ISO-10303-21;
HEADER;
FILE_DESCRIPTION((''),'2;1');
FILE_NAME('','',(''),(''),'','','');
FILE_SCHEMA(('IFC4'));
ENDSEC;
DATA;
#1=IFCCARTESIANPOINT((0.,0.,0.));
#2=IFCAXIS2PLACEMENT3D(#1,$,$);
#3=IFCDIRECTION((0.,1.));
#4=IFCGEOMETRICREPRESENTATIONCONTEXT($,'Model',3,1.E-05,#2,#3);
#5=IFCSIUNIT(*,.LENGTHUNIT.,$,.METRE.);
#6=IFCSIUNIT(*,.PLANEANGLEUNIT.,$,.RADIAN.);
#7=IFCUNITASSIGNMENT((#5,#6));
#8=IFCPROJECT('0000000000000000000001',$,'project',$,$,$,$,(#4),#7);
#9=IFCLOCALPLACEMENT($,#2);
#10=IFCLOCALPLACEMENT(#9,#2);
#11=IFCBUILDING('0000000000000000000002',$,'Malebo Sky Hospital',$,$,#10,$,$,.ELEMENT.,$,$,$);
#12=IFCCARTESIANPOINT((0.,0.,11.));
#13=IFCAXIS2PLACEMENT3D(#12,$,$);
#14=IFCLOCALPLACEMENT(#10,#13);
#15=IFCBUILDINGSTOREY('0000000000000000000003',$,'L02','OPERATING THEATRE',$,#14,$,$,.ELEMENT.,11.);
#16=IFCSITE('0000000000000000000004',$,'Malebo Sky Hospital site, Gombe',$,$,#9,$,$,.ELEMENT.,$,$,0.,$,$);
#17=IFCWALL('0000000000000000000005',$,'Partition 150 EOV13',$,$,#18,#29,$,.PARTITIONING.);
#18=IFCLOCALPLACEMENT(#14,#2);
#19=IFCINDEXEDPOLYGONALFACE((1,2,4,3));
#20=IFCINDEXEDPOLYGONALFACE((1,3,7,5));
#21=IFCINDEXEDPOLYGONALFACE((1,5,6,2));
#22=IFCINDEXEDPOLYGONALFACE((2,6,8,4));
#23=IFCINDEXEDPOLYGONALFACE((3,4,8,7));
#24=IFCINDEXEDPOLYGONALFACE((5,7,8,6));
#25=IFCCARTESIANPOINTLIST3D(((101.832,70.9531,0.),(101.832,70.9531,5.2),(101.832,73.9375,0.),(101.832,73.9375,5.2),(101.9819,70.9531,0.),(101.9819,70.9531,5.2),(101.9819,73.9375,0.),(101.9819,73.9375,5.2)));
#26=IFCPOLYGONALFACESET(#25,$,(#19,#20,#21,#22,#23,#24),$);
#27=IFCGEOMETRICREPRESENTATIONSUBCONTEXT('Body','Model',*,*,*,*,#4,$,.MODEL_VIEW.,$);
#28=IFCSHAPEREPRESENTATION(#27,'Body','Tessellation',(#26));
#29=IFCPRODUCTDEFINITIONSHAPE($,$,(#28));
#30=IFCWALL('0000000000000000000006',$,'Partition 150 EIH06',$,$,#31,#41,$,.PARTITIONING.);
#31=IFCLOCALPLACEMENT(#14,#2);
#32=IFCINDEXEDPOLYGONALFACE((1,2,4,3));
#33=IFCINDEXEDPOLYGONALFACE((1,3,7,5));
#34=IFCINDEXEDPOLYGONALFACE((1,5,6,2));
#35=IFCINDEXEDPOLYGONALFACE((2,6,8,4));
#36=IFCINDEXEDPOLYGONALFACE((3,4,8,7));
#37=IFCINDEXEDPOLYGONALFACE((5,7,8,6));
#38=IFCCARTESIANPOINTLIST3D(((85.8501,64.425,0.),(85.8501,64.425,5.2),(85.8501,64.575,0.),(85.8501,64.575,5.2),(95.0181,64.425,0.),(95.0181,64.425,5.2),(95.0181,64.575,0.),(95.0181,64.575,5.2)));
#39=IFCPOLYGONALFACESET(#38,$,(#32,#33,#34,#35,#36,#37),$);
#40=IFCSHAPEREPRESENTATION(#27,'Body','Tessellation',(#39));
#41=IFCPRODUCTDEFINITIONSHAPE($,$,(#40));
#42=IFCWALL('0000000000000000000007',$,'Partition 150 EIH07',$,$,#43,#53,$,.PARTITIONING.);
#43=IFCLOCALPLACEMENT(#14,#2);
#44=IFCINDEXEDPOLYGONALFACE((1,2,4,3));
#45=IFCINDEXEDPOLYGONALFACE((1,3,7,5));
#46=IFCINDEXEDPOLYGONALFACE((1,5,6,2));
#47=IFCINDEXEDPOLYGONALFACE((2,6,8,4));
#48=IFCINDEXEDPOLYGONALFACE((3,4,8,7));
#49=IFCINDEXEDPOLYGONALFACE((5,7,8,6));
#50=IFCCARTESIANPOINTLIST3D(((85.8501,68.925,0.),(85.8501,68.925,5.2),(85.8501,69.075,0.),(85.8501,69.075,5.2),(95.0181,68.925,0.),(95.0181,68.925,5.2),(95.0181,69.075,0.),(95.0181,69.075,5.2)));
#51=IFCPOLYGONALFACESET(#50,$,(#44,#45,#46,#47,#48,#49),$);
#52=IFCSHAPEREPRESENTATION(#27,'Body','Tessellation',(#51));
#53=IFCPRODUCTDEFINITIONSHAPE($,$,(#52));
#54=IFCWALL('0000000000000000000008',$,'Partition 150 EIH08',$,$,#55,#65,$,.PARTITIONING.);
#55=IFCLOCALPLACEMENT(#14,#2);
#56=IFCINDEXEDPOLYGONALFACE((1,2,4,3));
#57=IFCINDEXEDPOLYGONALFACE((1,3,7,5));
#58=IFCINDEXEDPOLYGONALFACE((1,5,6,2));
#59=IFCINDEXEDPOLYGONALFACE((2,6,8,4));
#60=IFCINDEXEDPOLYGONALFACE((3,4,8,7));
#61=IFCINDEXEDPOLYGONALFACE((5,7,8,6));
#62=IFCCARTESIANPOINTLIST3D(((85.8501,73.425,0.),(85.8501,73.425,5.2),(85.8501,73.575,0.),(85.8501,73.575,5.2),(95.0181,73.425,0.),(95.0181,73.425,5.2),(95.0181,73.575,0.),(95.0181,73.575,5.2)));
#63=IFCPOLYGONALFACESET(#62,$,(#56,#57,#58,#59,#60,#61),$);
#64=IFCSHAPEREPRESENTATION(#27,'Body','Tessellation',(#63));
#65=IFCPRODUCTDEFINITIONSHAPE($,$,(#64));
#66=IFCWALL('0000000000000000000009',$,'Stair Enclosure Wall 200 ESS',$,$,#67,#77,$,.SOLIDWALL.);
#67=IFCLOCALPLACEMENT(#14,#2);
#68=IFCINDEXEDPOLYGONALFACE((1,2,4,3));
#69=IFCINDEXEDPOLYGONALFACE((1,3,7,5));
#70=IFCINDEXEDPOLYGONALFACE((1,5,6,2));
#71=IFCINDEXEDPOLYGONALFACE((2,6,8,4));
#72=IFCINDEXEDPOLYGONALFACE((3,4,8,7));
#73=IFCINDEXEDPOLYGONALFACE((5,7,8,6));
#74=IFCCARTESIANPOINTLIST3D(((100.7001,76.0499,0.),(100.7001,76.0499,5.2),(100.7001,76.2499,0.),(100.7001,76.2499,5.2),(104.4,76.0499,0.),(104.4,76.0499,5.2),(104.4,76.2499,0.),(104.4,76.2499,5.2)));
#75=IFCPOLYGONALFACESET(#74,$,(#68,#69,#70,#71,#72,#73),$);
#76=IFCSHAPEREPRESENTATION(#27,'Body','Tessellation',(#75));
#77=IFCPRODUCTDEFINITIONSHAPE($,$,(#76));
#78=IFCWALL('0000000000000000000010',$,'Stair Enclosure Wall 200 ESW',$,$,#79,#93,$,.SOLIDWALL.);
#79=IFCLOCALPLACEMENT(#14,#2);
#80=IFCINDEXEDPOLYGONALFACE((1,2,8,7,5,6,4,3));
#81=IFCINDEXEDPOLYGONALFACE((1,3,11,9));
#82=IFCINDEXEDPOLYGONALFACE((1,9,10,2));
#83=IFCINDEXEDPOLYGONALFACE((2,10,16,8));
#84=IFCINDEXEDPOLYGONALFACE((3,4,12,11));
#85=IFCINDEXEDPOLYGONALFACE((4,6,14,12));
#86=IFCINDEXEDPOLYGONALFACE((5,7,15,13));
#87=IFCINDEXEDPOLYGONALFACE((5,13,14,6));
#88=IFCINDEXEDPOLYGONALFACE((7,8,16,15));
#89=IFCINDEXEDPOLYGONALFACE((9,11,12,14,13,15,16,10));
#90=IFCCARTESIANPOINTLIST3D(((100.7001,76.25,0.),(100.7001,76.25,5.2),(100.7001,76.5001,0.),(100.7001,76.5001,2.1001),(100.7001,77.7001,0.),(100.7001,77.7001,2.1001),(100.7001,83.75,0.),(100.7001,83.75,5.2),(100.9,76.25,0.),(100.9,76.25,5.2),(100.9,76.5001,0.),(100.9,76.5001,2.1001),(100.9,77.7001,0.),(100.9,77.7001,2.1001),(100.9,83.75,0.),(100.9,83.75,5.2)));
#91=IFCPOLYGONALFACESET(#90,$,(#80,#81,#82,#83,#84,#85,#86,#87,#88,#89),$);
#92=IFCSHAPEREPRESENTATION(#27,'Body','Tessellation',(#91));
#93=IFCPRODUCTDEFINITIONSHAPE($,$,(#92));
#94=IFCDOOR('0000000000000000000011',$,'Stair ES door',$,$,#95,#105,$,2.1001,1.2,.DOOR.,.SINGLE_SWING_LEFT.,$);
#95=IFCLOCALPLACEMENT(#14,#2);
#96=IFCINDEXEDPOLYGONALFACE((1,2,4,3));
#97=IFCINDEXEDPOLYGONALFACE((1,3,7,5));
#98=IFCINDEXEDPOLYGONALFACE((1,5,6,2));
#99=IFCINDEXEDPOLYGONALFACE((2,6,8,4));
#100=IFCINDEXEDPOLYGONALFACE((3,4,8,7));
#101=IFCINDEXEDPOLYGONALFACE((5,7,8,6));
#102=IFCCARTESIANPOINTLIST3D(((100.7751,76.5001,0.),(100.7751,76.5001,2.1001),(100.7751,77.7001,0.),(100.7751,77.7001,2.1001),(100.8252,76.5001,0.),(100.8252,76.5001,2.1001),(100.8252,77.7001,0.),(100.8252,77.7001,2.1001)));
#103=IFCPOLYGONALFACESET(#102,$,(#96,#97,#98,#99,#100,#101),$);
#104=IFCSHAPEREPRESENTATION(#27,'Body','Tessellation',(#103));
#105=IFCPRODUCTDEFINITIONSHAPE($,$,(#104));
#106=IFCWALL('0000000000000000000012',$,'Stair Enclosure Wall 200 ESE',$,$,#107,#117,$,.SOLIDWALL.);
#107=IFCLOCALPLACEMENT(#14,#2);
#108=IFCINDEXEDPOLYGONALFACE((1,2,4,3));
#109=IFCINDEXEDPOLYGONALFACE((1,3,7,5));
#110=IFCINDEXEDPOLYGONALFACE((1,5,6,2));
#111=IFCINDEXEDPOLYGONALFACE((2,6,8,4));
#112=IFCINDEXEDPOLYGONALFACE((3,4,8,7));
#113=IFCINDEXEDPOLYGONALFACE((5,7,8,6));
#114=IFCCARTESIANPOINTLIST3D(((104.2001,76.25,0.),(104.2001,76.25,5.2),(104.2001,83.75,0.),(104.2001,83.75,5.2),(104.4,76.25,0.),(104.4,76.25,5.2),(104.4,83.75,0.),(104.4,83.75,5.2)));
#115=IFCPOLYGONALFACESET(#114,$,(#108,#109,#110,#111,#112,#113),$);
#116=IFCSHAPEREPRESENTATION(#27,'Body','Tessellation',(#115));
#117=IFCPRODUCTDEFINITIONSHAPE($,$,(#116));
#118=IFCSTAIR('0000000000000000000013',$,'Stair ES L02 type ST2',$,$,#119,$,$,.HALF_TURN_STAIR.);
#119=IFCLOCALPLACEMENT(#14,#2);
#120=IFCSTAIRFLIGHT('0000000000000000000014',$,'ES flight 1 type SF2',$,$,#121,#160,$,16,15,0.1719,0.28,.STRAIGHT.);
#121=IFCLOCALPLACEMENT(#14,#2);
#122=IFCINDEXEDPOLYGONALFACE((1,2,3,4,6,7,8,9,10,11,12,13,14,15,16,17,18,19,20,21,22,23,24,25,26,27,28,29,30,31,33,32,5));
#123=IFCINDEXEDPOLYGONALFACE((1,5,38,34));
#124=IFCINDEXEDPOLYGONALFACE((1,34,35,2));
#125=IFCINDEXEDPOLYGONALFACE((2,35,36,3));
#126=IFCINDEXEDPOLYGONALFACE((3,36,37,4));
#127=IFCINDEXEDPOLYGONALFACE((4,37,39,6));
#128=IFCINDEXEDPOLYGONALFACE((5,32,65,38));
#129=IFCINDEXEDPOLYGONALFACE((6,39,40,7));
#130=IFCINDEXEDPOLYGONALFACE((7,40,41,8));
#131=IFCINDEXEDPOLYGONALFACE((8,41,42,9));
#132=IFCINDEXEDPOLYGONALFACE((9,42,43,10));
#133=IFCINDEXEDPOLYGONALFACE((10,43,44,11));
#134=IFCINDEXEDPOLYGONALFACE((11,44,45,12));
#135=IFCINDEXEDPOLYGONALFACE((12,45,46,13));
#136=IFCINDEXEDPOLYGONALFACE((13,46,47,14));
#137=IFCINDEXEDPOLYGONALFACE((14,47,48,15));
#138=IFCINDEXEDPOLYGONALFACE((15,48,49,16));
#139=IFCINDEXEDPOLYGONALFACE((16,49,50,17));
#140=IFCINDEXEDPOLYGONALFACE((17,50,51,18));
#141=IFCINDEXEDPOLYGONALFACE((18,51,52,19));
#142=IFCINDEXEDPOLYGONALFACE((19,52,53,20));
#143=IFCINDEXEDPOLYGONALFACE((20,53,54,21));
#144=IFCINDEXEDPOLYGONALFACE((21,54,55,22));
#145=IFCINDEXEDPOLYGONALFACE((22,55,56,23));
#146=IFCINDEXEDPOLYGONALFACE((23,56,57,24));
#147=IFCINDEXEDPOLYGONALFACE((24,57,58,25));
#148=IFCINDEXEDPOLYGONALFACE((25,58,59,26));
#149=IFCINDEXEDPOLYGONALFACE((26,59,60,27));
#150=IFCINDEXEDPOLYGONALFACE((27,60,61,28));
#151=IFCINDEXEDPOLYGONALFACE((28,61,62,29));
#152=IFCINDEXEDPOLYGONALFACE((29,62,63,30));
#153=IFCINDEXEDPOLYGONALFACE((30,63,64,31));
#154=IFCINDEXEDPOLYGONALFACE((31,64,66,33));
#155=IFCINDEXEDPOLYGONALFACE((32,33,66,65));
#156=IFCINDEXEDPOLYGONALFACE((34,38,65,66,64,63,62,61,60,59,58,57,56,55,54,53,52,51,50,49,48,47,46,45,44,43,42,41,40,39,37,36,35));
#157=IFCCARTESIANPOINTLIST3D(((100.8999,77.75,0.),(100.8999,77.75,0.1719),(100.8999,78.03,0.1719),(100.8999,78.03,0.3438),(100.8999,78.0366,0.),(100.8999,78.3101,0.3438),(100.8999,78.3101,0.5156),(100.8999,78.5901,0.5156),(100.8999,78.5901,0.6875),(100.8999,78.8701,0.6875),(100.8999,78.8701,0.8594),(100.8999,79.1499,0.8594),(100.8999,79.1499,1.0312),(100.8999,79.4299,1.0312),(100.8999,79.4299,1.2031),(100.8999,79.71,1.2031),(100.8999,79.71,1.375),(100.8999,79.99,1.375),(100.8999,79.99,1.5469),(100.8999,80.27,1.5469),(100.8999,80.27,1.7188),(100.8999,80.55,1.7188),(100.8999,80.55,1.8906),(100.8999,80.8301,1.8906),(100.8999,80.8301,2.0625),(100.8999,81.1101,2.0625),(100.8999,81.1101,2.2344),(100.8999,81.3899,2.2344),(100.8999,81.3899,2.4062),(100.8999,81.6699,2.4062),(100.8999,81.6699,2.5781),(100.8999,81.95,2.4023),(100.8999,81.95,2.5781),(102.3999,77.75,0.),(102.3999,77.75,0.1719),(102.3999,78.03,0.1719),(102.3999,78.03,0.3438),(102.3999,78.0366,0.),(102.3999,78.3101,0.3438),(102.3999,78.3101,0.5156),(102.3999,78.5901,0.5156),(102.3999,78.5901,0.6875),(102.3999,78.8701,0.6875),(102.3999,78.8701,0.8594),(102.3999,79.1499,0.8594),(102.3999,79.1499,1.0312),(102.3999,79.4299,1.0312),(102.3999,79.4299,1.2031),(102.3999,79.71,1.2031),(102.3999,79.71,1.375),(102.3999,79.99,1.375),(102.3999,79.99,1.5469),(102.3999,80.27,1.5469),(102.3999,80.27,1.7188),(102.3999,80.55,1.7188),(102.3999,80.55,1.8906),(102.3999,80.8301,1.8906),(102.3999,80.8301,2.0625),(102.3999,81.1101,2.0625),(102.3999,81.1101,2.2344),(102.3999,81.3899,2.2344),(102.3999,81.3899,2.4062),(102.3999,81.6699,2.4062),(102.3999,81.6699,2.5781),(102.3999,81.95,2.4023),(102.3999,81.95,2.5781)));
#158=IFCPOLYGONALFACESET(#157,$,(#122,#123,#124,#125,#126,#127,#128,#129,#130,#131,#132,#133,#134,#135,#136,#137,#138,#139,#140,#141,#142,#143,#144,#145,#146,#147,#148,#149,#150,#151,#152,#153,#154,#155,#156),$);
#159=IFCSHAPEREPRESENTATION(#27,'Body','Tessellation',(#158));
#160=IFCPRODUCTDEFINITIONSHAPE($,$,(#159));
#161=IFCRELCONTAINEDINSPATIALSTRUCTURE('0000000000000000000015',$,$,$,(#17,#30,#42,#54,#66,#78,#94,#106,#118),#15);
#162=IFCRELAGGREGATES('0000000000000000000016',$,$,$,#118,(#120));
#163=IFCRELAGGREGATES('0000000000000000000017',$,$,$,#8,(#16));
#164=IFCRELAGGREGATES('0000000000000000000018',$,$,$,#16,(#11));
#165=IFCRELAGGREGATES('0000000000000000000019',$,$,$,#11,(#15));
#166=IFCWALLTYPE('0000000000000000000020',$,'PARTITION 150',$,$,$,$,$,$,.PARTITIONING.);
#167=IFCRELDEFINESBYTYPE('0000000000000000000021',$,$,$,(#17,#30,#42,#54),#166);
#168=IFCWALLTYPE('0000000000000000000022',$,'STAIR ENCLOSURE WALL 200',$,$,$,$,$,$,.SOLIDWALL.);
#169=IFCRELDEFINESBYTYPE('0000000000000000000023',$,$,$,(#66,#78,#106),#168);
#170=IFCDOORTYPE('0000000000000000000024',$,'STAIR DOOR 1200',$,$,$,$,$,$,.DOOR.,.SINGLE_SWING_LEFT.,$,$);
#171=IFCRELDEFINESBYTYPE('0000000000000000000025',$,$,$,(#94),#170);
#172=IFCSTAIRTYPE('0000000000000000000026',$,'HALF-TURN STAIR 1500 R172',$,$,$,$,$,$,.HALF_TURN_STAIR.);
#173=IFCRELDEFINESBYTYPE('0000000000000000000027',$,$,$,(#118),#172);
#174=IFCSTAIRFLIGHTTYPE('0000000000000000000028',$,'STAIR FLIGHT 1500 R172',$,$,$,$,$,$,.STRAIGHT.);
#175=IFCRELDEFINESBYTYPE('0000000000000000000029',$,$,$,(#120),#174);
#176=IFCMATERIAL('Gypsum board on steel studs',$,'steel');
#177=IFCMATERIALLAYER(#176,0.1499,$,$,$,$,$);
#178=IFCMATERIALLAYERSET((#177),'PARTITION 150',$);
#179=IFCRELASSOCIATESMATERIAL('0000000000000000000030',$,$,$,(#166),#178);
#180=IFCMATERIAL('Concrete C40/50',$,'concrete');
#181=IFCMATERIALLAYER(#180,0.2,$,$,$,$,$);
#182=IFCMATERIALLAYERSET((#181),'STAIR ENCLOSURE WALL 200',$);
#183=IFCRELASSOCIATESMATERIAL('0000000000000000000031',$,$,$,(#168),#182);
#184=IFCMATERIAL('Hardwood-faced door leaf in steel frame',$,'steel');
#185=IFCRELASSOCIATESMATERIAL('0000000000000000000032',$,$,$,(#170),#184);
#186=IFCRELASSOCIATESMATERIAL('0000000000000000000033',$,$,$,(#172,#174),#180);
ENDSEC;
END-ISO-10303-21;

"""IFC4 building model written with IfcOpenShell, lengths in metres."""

from ifc_helpers import new_model, si_unit, direction, frame, frame_2d, origin, place, context, subcontext, project, spatial, polyline, rectangle, outline, extrude, material, layer, layer_set, type_object, element, fill, aggregate, save


model = new_model("IFC4")

# Units and contexts
model_context = context("Model", 3, precision=1e-05, world=origin(), true_north=direction((0.0, 1.0)))
body_context = subcontext(model_context, "Body", "Model", "MODEL_VIEW")
ifc_project = project(units=[si_unit("LENGTHUNIT", "METRE"), si_unit("PLANEANGLEUNIT", "RADIAN")], contexts=[model_context])

# Site, building, storey
site_placement = place(None, origin())
site = spatial("IfcSite", under=ifc_project, at=site_placement, Name="Malebo Sky Hospital site, Gombe", CompositionType="ELEMENT", RefElevation=0.0)
building_placement = place(site_placement, origin())
building = spatial("IfcBuilding", under=site, at=building_placement, Name="Malebo Sky Hospital", CompositionType="ELEMENT")
storey_placement = place(building_placement, frame((0.0, 0.0, 11.0)))
storey = spatial("IfcBuildingStorey", under=building, at=storey_placement, Name="L02", Description="OPERATING THEATRE", CompositionType="ELEMENT", Elevation=11.0)

# Shared definitions
ifc_material_1 = material(Name="Gypsum board on steel studs", Category="steel")
ifc_material_2 = material(Name="Hardwood-faced door leaf in steel frame", Category="steel")

# Walls
ifc_layer_1 = layer(ifc_material_1, 0.1499)
ifc_layer_set_1 = layer_set([ifc_layer_1], Name="PARTITION 150")
wall_type_1 = type_object("IfcWallType", Name="PARTITION 150", PredefinedType="PARTITIONING", material=ifc_layer_set_1)
wall_1_placement = place(storey_placement, frame((101.907, 70.9531, 0.0), z_axis=(0.0, 0.0, 1.0), x_axis=(0.0, 1.0, 0.0)))
element("IfcWall", 1, at=wall_1_placement, inside=storey, type_object=wall_type_1, Name="Partition 150 EOV13", PredefinedType="PARTITIONING", context=body_context, shape_type="SweptSolid", body=[
    extrude(rectangle(XDim=2.9844, YDim=0.1499, at=frame_2d((1.4922, 0.0))), origin(), (0.0, 0.0, 1.0), 5.2),
])
for number, where, z_axis, x_axis, name in (
    (2, (95.0181, 64.5, 0.0), (0.0, 0.0, 1.0), (-1.0, 0.0, 0.0), "Partition 150 EIH06"),
    (3, (95.0181, 69.0, 0.0), (0.0, 0.0, 1.0), (-1.0, 0.0, 0.0), "Partition 150 EIH07"),
    (4, (95.0181, 73.5, 0.0), (0.0, 0.0, 1.0), (-1.0, 0.0, 0.0), "Partition 150 EIH08"),
):
    element("IfcWall", number, at=place(storey_placement, frame(where, z_axis=z_axis, x_axis=x_axis)), inside=storey, type_object=wall_type_1, Name=name, PredefinedType="PARTITIONING", context=body_context, shape_type="SweptSolid", body=[
        extrude(rectangle(XDim=9.168, YDim=0.1499, at=frame_2d((4.584, 0.0))), origin(), (0.0, 0.0, 1.0), 5.2),
    ])
ifc_material_3 = material(Name="Concrete C40/50", Category="concrete")
ifc_layer_2 = layer(ifc_material_3, 0.2)
ifc_layer_set_2 = layer_set([ifc_layer_2], Name="STAIR ENCLOSURE WALL 200")
wall_type_2 = type_object("IfcWallType", Name="STAIR ENCLOSURE WALL 200", PredefinedType="SOLIDWALL", material=ifc_layer_set_2)
wall_2_placement = place(storey_placement, frame((100.7, 76.1499, 0.0), z_axis=(0.0, 0.0, 1.0), x_axis=(1.0, 0.0, 0.0)))
element("IfcWall", 5, at=wall_2_placement, inside=storey, type_object=wall_type_2, Name="Stair Enclosure Wall 200 ESS", PredefinedType="SOLIDWALL", context=body_context, shape_type="SweptSolid", body=[
    extrude(rectangle(XDim=3.7, YDim=0.2, at=frame_2d((1.8501, 0.0))), origin(), (0.0, 0.0, 1.0), 5.2),
])

# Wall, opening, door
wall_3_placement = place(storey_placement, frame((100.8, 76.25, 0.0), z_axis=(0.0, 0.0, 1.0), x_axis=(0.0, 1.0, 0.0)))
wall_3 = element("IfcWall", 6, at=wall_3_placement, inside=storey, type_object=wall_type_2, Name="Stair Enclosure Wall 200 ESW", PredefinedType="SOLIDWALL", context=body_context, shape_type="SweptSolid", body=[
    extrude(rectangle(XDim=7.5, YDim=0.2, at=frame_2d((3.75, 0.0))), origin(), (0.0, 0.0, 1.0), 5.2),
])
opening_1_placement = place(wall_3_placement, frame((0.25, 0.0, 0.0)))
opening_1 = element("IfcOpeningElement", 7, at=opening_1_placement, cuts=wall_3, PredefinedType="OPENING", context=body_context, shape_type="SweptSolid", body=[
    extrude(rectangle(XDim=1.2, YDim=2.1001, at=frame_2d((0.6001, 1.05))), frame((0.0, 0.1099, 0.0), z_axis=(0.0, -1.0, 0.0), x_axis=(1.0, 0.0, 0.0)), (0.0, 0.0, 1.0), 0.22),
])
door_type_1 = type_object("IfcDoorType", Name="STAIR DOOR 1200", OperationType="SINGLE_SWING_LEFT", PredefinedType="DOOR", material=ifc_material_2)
door_1_placement = place(opening_1_placement, origin())
door_1 = element("IfcDoor", 8, at=door_1_placement, inside=storey, type_object=door_type_1, Name="Stair ES door", OperationType="SINGLE_SWING_LEFT", OverallHeight=2.1001, OverallWidth=1.2, PredefinedType="DOOR", context=body_context, shape_type="SweptSolid", body=[
    extrude(rectangle(XDim=1.2, YDim=2.1001, at=frame_2d((0.6001, 1.05))), frame((0.0, 0.0249, 0.0), z_axis=(0.0, -1.0, 0.0), x_axis=(1.0, 0.0, 0.0)), (0.0, 0.0, 1.0), 0.05),
])
fill(opening_1, door_1)

# Wall
wall_4_placement = place(storey_placement, frame((104.3, 76.25, 0.0), z_axis=(0.0, 0.0, 1.0), x_axis=(0.0, 1.0, 0.0)))
element("IfcWall", 9, at=wall_4_placement, inside=storey, type_object=wall_type_2, Name="Stair Enclosure Wall 200 ESE", PredefinedType="SOLIDWALL", context=body_context, shape_type="SweptSolid", body=[
    extrude(rectangle(XDim=7.5, YDim=0.2, at=frame_2d((3.75, 0.0))), origin(), (0.0, 0.0, 1.0), 5.2),
])

# Stair, stair flight
stair_type = type_object("IfcStairType", Name="HALF-TURN STAIR 1500 R172", PredefinedType="HALF_TURN_STAIR", material=ifc_material_3)
stair_placement = place(storey_placement, origin())
stair = element("IfcStair", 10, at=stair_placement, inside=storey, type_object=stair_type, Name="Stair ES L02 type ST2", PredefinedType="HALF_TURN_STAIR")
stair_flight_type = type_object("IfcStairFlightType", Name="STAIR FLIGHT 1500 R172", PredefinedType="STRAIGHT", material=ifc_material_3)
stair_flight_placement = place(storey_placement, frame((101.6499, 77.75, 0.0), z_axis=(0.0, 0.0, 1.0), x_axis=(0.0, 1.0, 0.0)))
stair_flight = element("IfcStairFlight", 11, at=stair_flight_placement, type_object=stair_flight_type, Name="ES flight 1 type SF2", NumberOfRisers=16, NumberOfTreads=15, PredefinedType="STRAIGHT", RiserHeight=0.1719, TreadLength=0.28, context=body_context, shape_type="SweptSolid", body=[
    extrude(outline(polyline([(0.0, 0.0), (0.0, 0.1719), (0.28, 0.1719), (0.28, 0.3438), (0.5601, 0.3438), (0.5601, 0.5156), (0.8401, 0.5156), (0.8401, 0.6875), (1.1201, 0.6875), (1.1201, 0.8594), (1.3999, 0.8594), (1.3999, 1.0312), (1.6799, 1.0312), (1.6799, 1.2031), (1.96, 1.2031), (1.96, 1.375), (2.24, 1.375), (2.24, 1.5469), (2.52, 1.5469), (2.52, 1.7188), (2.8, 1.7188), (2.8, 1.8906), (3.0801, 1.8906), (3.0801, 2.0625), (3.3601, 2.0625), (3.3601, 2.2344), (3.6399, 2.2344), (3.6399, 2.4062), (3.9199, 2.4062), (3.9199, 2.5781), (4.2, 2.5781), (4.2, 2.75), (4.2, 2.4023), (0.2866, 0.0), (0.0, 0.0)])), frame((0.0, 0.75, 0.0), z_axis=(0.0, -1.0, 0.0), x_axis=(1.0, 0.0, 0.0)), (0.0, 0.0, 1.0), 1.5),
])
aggregate(stair, [stair_flight])

save(model, "model.ifc")
